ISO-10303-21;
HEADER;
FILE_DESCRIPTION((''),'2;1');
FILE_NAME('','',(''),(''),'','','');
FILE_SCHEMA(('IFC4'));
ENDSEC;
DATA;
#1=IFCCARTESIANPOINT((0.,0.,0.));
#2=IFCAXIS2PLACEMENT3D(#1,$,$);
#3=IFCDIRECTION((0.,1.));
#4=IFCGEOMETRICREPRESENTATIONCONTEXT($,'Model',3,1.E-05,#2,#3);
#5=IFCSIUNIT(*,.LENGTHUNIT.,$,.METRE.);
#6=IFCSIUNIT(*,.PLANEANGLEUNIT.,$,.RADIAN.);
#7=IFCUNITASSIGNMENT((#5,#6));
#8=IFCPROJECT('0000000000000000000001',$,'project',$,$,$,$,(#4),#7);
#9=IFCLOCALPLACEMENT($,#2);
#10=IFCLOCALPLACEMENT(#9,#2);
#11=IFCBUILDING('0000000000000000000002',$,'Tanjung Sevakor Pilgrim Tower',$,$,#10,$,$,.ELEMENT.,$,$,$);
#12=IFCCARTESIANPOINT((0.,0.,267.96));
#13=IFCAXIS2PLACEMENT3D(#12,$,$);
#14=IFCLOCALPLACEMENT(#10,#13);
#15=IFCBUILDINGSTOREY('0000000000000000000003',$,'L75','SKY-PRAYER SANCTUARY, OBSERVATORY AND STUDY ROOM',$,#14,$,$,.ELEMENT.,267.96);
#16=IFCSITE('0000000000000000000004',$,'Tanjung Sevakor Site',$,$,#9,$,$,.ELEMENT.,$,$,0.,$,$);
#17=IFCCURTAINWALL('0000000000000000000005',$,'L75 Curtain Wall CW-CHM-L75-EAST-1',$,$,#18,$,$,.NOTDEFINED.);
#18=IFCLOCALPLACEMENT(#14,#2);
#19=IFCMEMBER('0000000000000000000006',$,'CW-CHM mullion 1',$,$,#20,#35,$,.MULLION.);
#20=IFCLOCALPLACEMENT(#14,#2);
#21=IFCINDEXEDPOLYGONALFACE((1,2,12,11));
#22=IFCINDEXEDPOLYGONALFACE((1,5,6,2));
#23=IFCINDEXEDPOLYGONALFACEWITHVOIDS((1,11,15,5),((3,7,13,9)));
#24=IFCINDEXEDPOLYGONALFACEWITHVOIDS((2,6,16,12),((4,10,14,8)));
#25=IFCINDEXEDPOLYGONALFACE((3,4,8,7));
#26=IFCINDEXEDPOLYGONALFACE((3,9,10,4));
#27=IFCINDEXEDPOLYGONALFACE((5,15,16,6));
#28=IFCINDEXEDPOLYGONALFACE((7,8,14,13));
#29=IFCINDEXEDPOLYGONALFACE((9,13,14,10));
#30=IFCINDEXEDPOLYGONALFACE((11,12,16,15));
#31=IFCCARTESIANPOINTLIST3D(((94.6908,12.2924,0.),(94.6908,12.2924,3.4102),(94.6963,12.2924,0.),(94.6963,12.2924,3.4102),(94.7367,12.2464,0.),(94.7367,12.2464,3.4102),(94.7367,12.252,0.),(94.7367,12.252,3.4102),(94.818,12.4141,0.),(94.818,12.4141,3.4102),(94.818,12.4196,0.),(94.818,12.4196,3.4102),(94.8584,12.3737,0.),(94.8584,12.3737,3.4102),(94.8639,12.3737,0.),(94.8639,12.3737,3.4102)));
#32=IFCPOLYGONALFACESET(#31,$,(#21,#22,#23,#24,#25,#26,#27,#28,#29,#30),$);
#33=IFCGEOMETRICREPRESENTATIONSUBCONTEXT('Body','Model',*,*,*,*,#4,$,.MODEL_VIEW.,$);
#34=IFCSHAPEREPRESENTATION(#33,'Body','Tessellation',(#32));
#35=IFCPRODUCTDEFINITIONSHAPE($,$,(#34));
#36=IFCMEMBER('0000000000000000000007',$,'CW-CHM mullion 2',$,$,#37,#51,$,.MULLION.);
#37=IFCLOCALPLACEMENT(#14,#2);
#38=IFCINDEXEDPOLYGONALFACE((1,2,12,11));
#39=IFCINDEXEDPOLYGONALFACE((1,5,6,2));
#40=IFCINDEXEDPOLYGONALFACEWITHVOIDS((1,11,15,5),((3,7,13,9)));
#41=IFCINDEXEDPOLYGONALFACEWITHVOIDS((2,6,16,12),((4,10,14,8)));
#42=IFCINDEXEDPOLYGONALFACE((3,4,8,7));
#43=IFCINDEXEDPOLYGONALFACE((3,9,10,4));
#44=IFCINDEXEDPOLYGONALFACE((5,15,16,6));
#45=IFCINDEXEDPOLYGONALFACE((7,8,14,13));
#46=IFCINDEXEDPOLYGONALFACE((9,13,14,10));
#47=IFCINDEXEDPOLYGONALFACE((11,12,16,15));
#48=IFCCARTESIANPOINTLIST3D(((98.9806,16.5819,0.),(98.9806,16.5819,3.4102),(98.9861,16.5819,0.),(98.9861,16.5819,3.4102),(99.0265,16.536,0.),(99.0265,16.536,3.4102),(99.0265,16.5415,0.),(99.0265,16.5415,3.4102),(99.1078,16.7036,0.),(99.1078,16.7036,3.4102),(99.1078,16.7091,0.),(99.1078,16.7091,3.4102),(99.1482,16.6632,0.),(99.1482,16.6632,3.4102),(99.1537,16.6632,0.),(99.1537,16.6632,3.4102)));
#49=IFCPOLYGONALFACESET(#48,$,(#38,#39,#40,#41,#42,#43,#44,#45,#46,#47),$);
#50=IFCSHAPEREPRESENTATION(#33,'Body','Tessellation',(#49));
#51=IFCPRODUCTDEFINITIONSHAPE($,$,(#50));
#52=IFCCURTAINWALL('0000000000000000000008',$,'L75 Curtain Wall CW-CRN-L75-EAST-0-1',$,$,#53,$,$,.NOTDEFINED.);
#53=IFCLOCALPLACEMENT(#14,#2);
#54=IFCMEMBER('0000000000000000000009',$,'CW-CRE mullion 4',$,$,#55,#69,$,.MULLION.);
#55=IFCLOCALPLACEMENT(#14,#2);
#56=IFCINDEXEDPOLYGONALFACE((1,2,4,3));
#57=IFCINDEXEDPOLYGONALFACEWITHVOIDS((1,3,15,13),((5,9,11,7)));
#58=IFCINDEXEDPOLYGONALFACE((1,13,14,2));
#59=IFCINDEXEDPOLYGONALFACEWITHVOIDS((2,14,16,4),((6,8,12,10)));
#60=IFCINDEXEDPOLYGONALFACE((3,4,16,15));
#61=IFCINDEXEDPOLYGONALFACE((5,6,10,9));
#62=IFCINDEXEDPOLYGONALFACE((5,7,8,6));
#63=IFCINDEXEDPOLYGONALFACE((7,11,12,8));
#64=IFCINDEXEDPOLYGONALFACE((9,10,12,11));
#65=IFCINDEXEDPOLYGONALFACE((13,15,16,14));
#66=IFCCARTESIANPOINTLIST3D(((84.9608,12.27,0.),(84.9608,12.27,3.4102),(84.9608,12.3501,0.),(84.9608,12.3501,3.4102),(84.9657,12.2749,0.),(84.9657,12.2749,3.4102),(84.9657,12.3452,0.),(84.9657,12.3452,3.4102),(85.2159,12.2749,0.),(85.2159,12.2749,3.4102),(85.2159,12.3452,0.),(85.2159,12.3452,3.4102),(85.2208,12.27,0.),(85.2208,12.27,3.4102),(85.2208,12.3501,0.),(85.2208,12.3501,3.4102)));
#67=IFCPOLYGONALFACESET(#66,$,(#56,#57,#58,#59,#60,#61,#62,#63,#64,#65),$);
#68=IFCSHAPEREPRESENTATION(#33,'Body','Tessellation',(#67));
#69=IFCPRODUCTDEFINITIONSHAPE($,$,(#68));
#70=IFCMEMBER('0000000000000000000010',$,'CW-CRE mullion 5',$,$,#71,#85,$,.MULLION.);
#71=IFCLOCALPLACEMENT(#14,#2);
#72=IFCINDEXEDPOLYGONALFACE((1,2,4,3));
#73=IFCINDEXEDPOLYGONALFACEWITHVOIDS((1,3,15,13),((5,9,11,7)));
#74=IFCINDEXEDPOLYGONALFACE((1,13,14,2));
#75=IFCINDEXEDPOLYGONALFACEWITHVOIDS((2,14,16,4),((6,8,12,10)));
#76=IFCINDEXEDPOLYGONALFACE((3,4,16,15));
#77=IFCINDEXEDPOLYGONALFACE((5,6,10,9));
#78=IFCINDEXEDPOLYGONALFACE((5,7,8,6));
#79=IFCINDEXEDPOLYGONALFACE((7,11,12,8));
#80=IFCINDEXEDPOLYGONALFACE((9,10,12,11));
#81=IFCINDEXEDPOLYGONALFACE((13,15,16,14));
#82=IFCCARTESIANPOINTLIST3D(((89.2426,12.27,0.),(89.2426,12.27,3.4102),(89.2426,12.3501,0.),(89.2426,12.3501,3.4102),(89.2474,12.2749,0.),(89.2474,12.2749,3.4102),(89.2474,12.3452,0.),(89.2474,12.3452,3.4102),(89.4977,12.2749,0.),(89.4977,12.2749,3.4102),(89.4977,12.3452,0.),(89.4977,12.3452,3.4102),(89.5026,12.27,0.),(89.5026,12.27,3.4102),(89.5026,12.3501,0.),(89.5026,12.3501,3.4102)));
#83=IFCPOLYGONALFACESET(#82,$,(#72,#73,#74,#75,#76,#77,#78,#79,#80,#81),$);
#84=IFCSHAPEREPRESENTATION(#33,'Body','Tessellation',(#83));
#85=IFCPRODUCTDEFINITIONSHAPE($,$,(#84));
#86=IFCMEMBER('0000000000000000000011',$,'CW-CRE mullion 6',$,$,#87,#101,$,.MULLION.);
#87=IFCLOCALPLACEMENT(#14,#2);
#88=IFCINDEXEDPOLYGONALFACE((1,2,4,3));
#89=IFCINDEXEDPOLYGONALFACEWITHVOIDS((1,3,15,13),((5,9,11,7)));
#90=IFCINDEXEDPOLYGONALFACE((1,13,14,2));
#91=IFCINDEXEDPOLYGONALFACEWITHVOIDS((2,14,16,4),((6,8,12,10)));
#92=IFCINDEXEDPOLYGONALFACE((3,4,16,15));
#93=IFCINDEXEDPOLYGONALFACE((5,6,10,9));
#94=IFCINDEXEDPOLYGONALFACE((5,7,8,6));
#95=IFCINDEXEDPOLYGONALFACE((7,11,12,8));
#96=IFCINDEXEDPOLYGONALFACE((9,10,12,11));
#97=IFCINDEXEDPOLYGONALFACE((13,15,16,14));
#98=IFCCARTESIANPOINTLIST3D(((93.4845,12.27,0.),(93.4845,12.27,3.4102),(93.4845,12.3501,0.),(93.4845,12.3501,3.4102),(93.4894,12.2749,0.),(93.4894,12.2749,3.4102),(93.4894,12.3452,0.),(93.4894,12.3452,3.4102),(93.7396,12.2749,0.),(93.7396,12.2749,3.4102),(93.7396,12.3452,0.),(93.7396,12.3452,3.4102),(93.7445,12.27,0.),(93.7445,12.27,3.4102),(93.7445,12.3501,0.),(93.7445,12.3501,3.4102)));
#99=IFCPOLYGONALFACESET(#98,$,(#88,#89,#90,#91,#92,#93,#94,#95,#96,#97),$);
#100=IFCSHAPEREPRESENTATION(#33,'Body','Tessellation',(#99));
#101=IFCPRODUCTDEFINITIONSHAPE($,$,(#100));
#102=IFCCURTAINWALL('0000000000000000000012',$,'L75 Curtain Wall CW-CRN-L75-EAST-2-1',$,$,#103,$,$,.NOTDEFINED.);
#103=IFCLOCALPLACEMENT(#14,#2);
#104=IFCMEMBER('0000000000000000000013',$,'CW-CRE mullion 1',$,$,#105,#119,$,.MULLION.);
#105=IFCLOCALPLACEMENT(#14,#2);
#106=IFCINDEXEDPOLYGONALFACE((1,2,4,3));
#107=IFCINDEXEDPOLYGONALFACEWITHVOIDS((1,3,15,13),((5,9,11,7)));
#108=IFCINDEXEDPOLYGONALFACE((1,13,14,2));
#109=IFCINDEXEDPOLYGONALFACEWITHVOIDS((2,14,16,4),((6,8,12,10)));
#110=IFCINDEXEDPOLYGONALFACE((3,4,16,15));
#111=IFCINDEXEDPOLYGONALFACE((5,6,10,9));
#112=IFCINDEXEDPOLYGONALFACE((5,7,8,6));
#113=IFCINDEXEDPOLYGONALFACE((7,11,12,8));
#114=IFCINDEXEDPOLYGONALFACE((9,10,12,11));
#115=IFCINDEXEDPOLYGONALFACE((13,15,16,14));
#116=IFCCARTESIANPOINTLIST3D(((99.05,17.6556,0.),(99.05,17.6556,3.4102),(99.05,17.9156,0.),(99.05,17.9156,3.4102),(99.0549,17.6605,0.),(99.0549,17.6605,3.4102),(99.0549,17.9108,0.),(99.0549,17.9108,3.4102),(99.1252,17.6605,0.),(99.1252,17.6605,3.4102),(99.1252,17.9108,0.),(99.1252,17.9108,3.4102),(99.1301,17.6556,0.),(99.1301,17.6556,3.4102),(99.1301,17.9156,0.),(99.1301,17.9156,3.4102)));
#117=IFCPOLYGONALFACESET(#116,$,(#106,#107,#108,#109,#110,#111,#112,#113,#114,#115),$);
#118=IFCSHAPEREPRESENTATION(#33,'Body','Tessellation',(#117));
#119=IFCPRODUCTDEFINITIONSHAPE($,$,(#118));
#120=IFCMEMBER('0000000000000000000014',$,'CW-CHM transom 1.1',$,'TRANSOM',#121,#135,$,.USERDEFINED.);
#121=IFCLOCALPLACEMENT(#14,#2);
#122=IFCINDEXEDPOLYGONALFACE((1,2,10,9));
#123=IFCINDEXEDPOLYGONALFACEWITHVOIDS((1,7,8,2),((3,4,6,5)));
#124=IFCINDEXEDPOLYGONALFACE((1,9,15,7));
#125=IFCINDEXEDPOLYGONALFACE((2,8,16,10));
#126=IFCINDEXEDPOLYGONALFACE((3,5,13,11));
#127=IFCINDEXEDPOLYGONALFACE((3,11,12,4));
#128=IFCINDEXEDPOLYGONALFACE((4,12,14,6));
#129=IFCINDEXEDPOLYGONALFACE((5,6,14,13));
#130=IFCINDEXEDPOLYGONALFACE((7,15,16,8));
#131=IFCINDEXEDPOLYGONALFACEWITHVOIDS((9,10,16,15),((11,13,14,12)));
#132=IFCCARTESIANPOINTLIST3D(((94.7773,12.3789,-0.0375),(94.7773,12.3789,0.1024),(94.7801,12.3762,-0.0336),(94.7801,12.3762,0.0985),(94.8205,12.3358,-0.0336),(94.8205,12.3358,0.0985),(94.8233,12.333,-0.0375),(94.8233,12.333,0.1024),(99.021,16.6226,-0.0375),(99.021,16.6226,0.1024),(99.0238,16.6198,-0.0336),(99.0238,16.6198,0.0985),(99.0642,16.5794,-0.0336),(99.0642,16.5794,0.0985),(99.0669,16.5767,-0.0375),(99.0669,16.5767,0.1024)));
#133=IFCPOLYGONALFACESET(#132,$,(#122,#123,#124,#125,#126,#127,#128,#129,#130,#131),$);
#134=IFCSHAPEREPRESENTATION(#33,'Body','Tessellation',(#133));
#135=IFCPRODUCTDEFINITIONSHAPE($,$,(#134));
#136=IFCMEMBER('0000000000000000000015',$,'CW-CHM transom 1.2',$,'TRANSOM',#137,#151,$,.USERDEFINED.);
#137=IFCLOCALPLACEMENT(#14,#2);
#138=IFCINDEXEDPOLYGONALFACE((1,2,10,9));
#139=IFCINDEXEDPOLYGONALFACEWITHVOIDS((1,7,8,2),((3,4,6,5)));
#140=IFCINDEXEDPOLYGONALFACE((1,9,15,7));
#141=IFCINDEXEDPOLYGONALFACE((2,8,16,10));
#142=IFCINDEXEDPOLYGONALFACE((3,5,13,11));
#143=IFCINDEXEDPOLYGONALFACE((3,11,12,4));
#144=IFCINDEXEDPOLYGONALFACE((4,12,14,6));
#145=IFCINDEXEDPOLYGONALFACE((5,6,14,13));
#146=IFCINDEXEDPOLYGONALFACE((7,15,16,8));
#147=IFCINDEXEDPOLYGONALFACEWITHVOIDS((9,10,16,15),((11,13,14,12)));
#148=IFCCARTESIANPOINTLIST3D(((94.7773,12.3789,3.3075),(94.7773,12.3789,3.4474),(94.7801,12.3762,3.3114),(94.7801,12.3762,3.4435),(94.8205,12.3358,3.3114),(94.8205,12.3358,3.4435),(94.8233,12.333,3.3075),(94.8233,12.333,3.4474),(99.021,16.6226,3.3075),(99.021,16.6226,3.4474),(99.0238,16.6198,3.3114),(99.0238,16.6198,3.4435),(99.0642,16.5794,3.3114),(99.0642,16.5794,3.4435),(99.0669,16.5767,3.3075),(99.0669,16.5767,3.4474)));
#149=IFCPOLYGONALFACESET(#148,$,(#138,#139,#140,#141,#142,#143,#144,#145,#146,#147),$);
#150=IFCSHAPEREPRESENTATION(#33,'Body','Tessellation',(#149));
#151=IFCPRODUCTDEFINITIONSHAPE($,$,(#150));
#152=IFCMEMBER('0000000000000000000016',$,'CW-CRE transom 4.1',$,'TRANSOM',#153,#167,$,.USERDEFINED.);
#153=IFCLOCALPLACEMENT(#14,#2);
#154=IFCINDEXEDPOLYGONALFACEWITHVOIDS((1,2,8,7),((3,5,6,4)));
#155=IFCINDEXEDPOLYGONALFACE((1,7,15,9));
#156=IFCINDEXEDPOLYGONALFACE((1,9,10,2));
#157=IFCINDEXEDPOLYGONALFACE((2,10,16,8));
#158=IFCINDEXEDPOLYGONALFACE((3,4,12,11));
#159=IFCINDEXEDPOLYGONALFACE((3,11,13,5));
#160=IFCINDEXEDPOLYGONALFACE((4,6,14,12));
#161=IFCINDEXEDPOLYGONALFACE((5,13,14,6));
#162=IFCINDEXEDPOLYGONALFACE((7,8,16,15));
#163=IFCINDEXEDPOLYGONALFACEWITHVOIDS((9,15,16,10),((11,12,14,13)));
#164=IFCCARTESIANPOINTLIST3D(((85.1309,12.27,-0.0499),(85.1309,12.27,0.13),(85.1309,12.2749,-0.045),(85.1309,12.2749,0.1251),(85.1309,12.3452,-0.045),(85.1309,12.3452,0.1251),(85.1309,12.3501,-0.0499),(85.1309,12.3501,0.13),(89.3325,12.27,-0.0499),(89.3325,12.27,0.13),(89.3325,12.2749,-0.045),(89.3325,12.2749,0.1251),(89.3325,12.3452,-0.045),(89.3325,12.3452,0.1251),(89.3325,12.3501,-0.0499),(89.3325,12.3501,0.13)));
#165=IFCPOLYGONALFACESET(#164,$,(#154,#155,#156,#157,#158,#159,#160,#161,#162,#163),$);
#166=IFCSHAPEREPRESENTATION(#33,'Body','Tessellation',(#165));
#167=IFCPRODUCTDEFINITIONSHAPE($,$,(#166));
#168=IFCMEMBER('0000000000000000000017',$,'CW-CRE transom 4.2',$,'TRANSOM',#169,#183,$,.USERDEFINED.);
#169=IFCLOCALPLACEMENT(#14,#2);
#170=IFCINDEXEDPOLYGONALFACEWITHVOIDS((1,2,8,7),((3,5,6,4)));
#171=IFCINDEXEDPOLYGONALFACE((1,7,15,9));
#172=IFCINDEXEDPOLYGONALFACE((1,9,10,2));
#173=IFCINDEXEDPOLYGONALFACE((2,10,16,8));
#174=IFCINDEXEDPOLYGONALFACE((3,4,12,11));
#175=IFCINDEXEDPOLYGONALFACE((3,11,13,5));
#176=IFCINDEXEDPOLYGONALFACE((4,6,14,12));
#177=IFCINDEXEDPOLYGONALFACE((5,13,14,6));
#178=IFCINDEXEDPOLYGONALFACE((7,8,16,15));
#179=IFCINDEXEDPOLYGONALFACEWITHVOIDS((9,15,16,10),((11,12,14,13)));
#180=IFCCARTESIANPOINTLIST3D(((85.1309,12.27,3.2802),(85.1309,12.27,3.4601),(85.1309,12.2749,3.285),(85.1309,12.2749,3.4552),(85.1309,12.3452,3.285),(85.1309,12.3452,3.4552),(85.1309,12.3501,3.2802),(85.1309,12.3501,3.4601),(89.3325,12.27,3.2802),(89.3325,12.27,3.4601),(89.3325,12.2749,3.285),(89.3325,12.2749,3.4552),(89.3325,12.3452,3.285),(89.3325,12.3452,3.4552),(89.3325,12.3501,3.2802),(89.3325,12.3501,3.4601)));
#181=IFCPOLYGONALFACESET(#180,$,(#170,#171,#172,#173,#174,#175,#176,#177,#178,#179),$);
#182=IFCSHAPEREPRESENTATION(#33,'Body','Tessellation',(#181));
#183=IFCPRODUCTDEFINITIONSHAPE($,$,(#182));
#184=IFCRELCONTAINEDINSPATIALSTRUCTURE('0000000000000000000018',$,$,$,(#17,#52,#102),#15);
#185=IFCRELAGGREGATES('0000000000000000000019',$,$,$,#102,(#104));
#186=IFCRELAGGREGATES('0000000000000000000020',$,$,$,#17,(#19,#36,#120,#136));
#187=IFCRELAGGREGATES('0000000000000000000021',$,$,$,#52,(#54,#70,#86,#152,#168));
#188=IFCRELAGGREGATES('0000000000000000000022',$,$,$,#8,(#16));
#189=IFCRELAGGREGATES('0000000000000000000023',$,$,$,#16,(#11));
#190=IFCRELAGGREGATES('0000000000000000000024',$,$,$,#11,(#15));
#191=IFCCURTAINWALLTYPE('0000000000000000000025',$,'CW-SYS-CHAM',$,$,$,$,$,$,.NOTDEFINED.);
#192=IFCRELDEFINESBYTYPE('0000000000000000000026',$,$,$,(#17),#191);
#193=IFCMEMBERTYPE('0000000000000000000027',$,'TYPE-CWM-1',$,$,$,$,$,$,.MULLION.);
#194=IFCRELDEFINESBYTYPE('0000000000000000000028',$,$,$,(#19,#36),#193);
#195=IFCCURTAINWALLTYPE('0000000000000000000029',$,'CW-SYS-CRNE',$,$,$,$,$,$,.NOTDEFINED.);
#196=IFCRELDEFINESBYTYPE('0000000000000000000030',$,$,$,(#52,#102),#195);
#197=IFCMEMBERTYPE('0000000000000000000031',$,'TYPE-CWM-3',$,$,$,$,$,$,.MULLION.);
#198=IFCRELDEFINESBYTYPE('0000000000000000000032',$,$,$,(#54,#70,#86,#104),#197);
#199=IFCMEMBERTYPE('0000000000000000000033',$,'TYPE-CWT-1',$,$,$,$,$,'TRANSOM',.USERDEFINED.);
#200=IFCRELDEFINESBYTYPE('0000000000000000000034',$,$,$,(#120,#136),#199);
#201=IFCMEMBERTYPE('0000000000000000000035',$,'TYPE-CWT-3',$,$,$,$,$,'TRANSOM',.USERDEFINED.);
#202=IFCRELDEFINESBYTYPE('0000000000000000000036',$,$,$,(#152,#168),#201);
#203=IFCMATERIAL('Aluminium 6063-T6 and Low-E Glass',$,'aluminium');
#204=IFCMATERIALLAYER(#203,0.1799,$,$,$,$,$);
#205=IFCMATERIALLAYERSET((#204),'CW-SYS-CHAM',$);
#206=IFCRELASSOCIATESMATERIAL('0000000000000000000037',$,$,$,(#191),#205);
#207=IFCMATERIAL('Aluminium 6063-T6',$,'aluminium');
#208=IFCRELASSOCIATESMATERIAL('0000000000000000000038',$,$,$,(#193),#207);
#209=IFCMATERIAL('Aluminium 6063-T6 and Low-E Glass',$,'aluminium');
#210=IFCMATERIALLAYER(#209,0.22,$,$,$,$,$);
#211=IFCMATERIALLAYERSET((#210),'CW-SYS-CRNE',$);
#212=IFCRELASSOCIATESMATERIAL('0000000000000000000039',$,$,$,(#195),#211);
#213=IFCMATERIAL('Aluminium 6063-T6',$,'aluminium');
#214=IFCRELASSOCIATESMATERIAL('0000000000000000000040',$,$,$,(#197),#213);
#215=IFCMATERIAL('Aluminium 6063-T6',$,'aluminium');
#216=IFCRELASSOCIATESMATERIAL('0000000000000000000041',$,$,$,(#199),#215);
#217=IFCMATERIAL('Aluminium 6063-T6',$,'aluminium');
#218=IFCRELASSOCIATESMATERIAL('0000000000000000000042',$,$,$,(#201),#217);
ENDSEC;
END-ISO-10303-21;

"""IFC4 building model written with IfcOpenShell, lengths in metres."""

from ifc_helpers import new_model, si_unit, direction, frame, origin, origin_2d, place, context, subcontext, project, spatial, hollow_rectangle, extrude, material, layer, layer_set, material_profile, profile_set, type_object, element, aggregate, save


model = new_model("IFC4")

# Units and contexts
model_context = context("Model", 3, precision=1e-05, world=origin(), true_north=direction((0.0, 1.0)))
body_context = subcontext(model_context, "Body", "Model", "MODEL_VIEW")
ifc_project = project(units=[si_unit("LENGTHUNIT", "METRE"), si_unit("PLANEANGLEUNIT", "RADIAN")], contexts=[model_context])

# Site, building, storey
site_placement = place(None, origin())
site = spatial("IfcSite", under=ifc_project, at=site_placement, Name="Tanjung Sevakor Site", CompositionType="ELEMENT", RefElevation=0.0)
building_placement = place(site_placement, origin())
building = spatial("IfcBuilding", under=site, at=building_placement, Name="Tanjung Sevakor Pilgrim Tower", CompositionType="ELEMENT")
storey_placement = place(building_placement, frame((0.0, 0.0, 267.96)))
storey = spatial("IfcBuildingStorey", under=building, at=storey_placement, Name="L75", Description="SKY-PRAYER SANCTUARY, OBSERVATORY AND STUDY ROOM", CompositionType="ELEMENT", Elevation=267.96)

# Curtain walls, members
ifc_material_1 = material(Name="Aluminium 6063-T6 and Low-E Glass", Category="aluminium")
ifc_layer_1 = layer(ifc_material_1, 0.1799)
ifc_layer_set_1 = layer_set([ifc_layer_1], Name="CW-SYS-CHAM")
curtain_wall_type_1 = type_object("IfcCurtainWallType", Name="CW-SYS-CHAM", PredefinedType="NOTDEFINED", material=ifc_layer_set_1)
curtain_wall_1_placement = place(storey_placement, origin())
curtain_wall_1 = element("IfcCurtainWall", 1, at=curtain_wall_1_placement, inside=storey, type_object=curtain_wall_type_1, Name="L75 Curtain Wall CW-CHM-L75-EAST-1", PredefinedType="NOTDEFINED")
ifc_material_2 = material(Name="Aluminium 6063-T6", Category="aluminium")
ifc_material_profile_1 = material_profile(ifc_material_2, hollow_rectangle(XDim=0.0649, YDim=0.1799, WallThickness=0.0039, at=origin_2d()))
ifc_profile_set_1 = profile_set([ifc_material_profile_1], Name="Aluminium 6063-T6")
member_type_1 = type_object("IfcMemberType", Name="TYPE-CWM-1", PredefinedType="MULLION", material=ifc_profile_set_1)
member_1_placement = place(storey_placement, frame((94.7773, 12.333, 0.0), z_axis=(0.0, 0.0, 1.0), x_axis=(-0.707107, 0.707107, 0.0)))
member_1 = element("IfcMember", 2, at=member_1_placement, type_object=member_type_1, Name="CW-CHM mullion 1", PredefinedType="MULLION", context=body_context, shape_type="SweptSolid", body=[
    extrude(hollow_rectangle(XDim=0.0649, YDim=0.1799, WallThickness=0.0039, at=origin_2d()), origin(), (0.0, 0.0, 1.0), 3.4102),
])
member_2_placement = place(storey_placement, frame((99.0671, 16.6226, 0.0), z_axis=(0.0, 0.0, 1.0), x_axis=(-0.707107, 0.707107, 0.0)))
member_2 = element("IfcMember", 3, at=member_2_placement, type_object=member_type_1, Name="CW-CHM mullion 2", PredefinedType="MULLION", context=body_context, shape_type="SweptSolid", body=[
    extrude(hollow_rectangle(XDim=0.0649, YDim=0.1799, WallThickness=0.0039, at=origin_2d()), origin(), (0.0, 0.0, 1.0), 3.4102),
])
ifc_material_3 = material(Name="Aluminium 6063-T6 and Low-E Glass", Category="aluminium")
ifc_layer_2 = layer(ifc_material_3, 0.22)
ifc_layer_set_2 = layer_set([ifc_layer_2], Name="CW-SYS-CRNE")
curtain_wall_type_2 = type_object("IfcCurtainWallType", Name="CW-SYS-CRNE", PredefinedType="NOTDEFINED", material=ifc_layer_set_2)
curtain_wall_2_placement = place(storey_placement, origin())
curtain_wall_2 = element("IfcCurtainWall", 4, at=curtain_wall_2_placement, inside=storey, type_object=curtain_wall_type_2, Name="L75 Curtain Wall CW-CRN-L75-EAST-0-1", PredefinedType="NOTDEFINED")
ifc_material_4 = material(Name="Aluminium 6063-T6", Category="aluminium")
ifc_material_profile_2 = material_profile(ifc_material_4, hollow_rectangle(XDim=0.0801, YDim=0.26, WallThickness=0.0049, at=origin_2d()))
ifc_profile_set_2 = profile_set([ifc_material_profile_2], Name="Aluminium 6063-T6")
member_type_2 = type_object("IfcMemberType", Name="TYPE-CWM-3", PredefinedType="MULLION", material=ifc_profile_set_2)
member_3_placement = place(storey_placement, frame((85.0908, 12.3101, 0.0), z_axis=(0.0, 0.0, 1.0), x_axis=(0.0, 1.0, 0.0)))
member_3 = element("IfcMember", 5, at=member_3_placement, type_object=member_type_2, Name="CW-CRE mullion 4", PredefinedType="MULLION", context=body_context, shape_type="SweptSolid", body=[
    extrude(hollow_rectangle(XDim=0.0801, YDim=0.26, WallThickness=0.0049, at=origin_2d()), origin(), (0.0, 0.0, 1.0), 3.4102),
])
member_4_placement = place(storey_placement, frame((89.3726, 12.3101, 0.0), z_axis=(0.0, 0.0, 1.0), x_axis=(0.0, 1.0, 0.0)))
member_4 = element("IfcMember", 6, at=member_4_placement, type_object=member_type_2, Name="CW-CRE mullion 5", PredefinedType="MULLION", context=body_context, shape_type="SweptSolid", body=[
    extrude(hollow_rectangle(XDim=0.0801, YDim=0.26, WallThickness=0.0049, at=origin_2d()), origin(), (0.0, 0.0, 1.0), 3.4102),
])
member_5_placement = place(storey_placement, frame((93.6145, 12.3101, 0.0), z_axis=(0.0, 0.0, 1.0), x_axis=(0.0, 1.0, 0.0)))
member_5 = element("IfcMember", 7, at=member_5_placement, type_object=member_type_2, Name="CW-CRE mullion 6", PredefinedType="MULLION", context=body_context, shape_type="SweptSolid", body=[
    extrude(hollow_rectangle(XDim=0.0801, YDim=0.26, WallThickness=0.0049, at=origin_2d()), origin(), (0.0, 0.0, 1.0), 3.4102),
])

# Curtain wall, member
curtain_wall_3_placement = place(storey_placement, origin())
curtain_wall_3 = element("IfcCurtainWall", 8, at=curtain_wall_3_placement, inside=storey, type_object=curtain_wall_type_2, Name="L75 Curtain Wall CW-CRN-L75-EAST-2-1", PredefinedType="NOTDEFINED")
member_6_placement = place(storey_placement, frame((99.0901, 17.7856, 0.0), z_axis=(0.0, 0.0, 1.0), x_axis=(-1.0, 0.0, 0.0)))
member_6 = element("IfcMember", 9, at=member_6_placement, type_object=member_type_2, Name="CW-CRE mullion 1", PredefinedType="MULLION", context=body_context, shape_type="SweptSolid", body=[
    extrude(hollow_rectangle(XDim=0.0801, YDim=0.26, WallThickness=0.0049, at=origin_2d()), origin(), (0.0, 0.0, 1.0), 3.4102),
])

# Members
ifc_material_5 = material(Name="Aluminium 6063-T6", Category="aluminium")
ifc_material_profile_3 = material_profile(ifc_material_5, hollow_rectangle(XDim=0.0649, YDim=0.1399, WallThickness=0.0039, at=origin_2d()))
ifc_profile_set_3 = profile_set([ifc_material_profile_3], Name="Aluminium 6063-T6")
member_type_3 = type_object("IfcMemberType", Name="TYPE-CWT-1", ElementType="TRANSOM", PredefinedType="USERDEFINED", material=ifc_profile_set_3)
member_7_placement = place(storey_placement, frame((94.8003, 12.356, 0.0325), z_axis=(0.707107, 0.707107, 0.0), x_axis=(-0.707107, 0.707107, 0.0)))
member_7 = element("IfcMember", 10, at=member_7_placement, type_object=member_type_3, Name="CW-CHM transom 1.1", ObjectType="TRANSOM", PredefinedType="USERDEFINED", context=body_context, shape_type="SweptSolid", body=[
    extrude(hollow_rectangle(XDim=0.0649, YDim=0.1399, WallThickness=0.0039, at=origin_2d()), origin(), (0.0, 0.0, 1.0), 6.0015),
])
member_8_placement = place(storey_placement, frame((94.8003, 12.356, 3.3774), z_axis=(0.707107, 0.707107, 0.0), x_axis=(-0.707107, 0.707107, 0.0)))
member_8 = element("IfcMember", 11, at=member_8_placement, type_object=member_type_3, Name="CW-CHM transom 1.2", ObjectType="TRANSOM", PredefinedType="USERDEFINED", context=body_context, shape_type="SweptSolid", body=[
    extrude(hollow_rectangle(XDim=0.0649, YDim=0.1399, WallThickness=0.0039, at=origin_2d()), origin(), (0.0, 0.0, 1.0), 6.0015),
])
ifc_material_6 = material(Name="Aluminium 6063-T6", Category="aluminium")
ifc_material_profile_4 = material_profile(ifc_material_6, hollow_rectangle(XDim=0.0801, YDim=0.1799, WallThickness=0.0049, at=origin_2d()))
ifc_profile_set_4 = profile_set([ifc_material_profile_4], Name="Aluminium 6063-T6")
member_type_4 = type_object("IfcMemberType", Name="TYPE-CWT-3", ElementType="TRANSOM", PredefinedType="USERDEFINED", material=ifc_profile_set_4)
member_9_placement = place(storey_placement, frame((85.1309, 12.3101, 0.04), z_axis=(1.0, 0.0, 0.0), x_axis=(0.0, 1.0, 0.0)))
member_9 = element("IfcMember", 12, at=member_9_placement, type_object=member_type_4, Name="CW-CRE transom 4.1", ObjectType="TRANSOM", PredefinedType="USERDEFINED", context=body_context, shape_type="SweptSolid", body=[
    extrude(hollow_rectangle(XDim=0.0801, YDim=0.1799, WallThickness=0.0049, at=origin_2d()), origin(), (0.0, 0.0, 1.0), 4.2017),
])
member_10_placement = place(storey_placement, frame((85.1309, 12.3101, 3.3701), z_axis=(1.0, 0.0, 0.0), x_axis=(0.0, 1.0, 0.0)))
member_10 = element("IfcMember", 13, at=member_10_placement, type_object=member_type_4, Name="CW-CRE transom 4.2", ObjectType="TRANSOM", PredefinedType="USERDEFINED", context=body_context, shape_type="SweptSolid", body=[
    extrude(hollow_rectangle(XDim=0.0801, YDim=0.1799, WallThickness=0.0049, at=origin_2d()), origin(), (0.0, 0.0, 1.0), 4.2017),
])
aggregate(curtain_wall_3, [member_6])

aggregate(curtain_wall_1, [member_1, member_2, member_7, member_8])
aggregate(curtain_wall_2, [member_3, member_4, member_5, member_9, member_10])

save(model, "model.ifc")
